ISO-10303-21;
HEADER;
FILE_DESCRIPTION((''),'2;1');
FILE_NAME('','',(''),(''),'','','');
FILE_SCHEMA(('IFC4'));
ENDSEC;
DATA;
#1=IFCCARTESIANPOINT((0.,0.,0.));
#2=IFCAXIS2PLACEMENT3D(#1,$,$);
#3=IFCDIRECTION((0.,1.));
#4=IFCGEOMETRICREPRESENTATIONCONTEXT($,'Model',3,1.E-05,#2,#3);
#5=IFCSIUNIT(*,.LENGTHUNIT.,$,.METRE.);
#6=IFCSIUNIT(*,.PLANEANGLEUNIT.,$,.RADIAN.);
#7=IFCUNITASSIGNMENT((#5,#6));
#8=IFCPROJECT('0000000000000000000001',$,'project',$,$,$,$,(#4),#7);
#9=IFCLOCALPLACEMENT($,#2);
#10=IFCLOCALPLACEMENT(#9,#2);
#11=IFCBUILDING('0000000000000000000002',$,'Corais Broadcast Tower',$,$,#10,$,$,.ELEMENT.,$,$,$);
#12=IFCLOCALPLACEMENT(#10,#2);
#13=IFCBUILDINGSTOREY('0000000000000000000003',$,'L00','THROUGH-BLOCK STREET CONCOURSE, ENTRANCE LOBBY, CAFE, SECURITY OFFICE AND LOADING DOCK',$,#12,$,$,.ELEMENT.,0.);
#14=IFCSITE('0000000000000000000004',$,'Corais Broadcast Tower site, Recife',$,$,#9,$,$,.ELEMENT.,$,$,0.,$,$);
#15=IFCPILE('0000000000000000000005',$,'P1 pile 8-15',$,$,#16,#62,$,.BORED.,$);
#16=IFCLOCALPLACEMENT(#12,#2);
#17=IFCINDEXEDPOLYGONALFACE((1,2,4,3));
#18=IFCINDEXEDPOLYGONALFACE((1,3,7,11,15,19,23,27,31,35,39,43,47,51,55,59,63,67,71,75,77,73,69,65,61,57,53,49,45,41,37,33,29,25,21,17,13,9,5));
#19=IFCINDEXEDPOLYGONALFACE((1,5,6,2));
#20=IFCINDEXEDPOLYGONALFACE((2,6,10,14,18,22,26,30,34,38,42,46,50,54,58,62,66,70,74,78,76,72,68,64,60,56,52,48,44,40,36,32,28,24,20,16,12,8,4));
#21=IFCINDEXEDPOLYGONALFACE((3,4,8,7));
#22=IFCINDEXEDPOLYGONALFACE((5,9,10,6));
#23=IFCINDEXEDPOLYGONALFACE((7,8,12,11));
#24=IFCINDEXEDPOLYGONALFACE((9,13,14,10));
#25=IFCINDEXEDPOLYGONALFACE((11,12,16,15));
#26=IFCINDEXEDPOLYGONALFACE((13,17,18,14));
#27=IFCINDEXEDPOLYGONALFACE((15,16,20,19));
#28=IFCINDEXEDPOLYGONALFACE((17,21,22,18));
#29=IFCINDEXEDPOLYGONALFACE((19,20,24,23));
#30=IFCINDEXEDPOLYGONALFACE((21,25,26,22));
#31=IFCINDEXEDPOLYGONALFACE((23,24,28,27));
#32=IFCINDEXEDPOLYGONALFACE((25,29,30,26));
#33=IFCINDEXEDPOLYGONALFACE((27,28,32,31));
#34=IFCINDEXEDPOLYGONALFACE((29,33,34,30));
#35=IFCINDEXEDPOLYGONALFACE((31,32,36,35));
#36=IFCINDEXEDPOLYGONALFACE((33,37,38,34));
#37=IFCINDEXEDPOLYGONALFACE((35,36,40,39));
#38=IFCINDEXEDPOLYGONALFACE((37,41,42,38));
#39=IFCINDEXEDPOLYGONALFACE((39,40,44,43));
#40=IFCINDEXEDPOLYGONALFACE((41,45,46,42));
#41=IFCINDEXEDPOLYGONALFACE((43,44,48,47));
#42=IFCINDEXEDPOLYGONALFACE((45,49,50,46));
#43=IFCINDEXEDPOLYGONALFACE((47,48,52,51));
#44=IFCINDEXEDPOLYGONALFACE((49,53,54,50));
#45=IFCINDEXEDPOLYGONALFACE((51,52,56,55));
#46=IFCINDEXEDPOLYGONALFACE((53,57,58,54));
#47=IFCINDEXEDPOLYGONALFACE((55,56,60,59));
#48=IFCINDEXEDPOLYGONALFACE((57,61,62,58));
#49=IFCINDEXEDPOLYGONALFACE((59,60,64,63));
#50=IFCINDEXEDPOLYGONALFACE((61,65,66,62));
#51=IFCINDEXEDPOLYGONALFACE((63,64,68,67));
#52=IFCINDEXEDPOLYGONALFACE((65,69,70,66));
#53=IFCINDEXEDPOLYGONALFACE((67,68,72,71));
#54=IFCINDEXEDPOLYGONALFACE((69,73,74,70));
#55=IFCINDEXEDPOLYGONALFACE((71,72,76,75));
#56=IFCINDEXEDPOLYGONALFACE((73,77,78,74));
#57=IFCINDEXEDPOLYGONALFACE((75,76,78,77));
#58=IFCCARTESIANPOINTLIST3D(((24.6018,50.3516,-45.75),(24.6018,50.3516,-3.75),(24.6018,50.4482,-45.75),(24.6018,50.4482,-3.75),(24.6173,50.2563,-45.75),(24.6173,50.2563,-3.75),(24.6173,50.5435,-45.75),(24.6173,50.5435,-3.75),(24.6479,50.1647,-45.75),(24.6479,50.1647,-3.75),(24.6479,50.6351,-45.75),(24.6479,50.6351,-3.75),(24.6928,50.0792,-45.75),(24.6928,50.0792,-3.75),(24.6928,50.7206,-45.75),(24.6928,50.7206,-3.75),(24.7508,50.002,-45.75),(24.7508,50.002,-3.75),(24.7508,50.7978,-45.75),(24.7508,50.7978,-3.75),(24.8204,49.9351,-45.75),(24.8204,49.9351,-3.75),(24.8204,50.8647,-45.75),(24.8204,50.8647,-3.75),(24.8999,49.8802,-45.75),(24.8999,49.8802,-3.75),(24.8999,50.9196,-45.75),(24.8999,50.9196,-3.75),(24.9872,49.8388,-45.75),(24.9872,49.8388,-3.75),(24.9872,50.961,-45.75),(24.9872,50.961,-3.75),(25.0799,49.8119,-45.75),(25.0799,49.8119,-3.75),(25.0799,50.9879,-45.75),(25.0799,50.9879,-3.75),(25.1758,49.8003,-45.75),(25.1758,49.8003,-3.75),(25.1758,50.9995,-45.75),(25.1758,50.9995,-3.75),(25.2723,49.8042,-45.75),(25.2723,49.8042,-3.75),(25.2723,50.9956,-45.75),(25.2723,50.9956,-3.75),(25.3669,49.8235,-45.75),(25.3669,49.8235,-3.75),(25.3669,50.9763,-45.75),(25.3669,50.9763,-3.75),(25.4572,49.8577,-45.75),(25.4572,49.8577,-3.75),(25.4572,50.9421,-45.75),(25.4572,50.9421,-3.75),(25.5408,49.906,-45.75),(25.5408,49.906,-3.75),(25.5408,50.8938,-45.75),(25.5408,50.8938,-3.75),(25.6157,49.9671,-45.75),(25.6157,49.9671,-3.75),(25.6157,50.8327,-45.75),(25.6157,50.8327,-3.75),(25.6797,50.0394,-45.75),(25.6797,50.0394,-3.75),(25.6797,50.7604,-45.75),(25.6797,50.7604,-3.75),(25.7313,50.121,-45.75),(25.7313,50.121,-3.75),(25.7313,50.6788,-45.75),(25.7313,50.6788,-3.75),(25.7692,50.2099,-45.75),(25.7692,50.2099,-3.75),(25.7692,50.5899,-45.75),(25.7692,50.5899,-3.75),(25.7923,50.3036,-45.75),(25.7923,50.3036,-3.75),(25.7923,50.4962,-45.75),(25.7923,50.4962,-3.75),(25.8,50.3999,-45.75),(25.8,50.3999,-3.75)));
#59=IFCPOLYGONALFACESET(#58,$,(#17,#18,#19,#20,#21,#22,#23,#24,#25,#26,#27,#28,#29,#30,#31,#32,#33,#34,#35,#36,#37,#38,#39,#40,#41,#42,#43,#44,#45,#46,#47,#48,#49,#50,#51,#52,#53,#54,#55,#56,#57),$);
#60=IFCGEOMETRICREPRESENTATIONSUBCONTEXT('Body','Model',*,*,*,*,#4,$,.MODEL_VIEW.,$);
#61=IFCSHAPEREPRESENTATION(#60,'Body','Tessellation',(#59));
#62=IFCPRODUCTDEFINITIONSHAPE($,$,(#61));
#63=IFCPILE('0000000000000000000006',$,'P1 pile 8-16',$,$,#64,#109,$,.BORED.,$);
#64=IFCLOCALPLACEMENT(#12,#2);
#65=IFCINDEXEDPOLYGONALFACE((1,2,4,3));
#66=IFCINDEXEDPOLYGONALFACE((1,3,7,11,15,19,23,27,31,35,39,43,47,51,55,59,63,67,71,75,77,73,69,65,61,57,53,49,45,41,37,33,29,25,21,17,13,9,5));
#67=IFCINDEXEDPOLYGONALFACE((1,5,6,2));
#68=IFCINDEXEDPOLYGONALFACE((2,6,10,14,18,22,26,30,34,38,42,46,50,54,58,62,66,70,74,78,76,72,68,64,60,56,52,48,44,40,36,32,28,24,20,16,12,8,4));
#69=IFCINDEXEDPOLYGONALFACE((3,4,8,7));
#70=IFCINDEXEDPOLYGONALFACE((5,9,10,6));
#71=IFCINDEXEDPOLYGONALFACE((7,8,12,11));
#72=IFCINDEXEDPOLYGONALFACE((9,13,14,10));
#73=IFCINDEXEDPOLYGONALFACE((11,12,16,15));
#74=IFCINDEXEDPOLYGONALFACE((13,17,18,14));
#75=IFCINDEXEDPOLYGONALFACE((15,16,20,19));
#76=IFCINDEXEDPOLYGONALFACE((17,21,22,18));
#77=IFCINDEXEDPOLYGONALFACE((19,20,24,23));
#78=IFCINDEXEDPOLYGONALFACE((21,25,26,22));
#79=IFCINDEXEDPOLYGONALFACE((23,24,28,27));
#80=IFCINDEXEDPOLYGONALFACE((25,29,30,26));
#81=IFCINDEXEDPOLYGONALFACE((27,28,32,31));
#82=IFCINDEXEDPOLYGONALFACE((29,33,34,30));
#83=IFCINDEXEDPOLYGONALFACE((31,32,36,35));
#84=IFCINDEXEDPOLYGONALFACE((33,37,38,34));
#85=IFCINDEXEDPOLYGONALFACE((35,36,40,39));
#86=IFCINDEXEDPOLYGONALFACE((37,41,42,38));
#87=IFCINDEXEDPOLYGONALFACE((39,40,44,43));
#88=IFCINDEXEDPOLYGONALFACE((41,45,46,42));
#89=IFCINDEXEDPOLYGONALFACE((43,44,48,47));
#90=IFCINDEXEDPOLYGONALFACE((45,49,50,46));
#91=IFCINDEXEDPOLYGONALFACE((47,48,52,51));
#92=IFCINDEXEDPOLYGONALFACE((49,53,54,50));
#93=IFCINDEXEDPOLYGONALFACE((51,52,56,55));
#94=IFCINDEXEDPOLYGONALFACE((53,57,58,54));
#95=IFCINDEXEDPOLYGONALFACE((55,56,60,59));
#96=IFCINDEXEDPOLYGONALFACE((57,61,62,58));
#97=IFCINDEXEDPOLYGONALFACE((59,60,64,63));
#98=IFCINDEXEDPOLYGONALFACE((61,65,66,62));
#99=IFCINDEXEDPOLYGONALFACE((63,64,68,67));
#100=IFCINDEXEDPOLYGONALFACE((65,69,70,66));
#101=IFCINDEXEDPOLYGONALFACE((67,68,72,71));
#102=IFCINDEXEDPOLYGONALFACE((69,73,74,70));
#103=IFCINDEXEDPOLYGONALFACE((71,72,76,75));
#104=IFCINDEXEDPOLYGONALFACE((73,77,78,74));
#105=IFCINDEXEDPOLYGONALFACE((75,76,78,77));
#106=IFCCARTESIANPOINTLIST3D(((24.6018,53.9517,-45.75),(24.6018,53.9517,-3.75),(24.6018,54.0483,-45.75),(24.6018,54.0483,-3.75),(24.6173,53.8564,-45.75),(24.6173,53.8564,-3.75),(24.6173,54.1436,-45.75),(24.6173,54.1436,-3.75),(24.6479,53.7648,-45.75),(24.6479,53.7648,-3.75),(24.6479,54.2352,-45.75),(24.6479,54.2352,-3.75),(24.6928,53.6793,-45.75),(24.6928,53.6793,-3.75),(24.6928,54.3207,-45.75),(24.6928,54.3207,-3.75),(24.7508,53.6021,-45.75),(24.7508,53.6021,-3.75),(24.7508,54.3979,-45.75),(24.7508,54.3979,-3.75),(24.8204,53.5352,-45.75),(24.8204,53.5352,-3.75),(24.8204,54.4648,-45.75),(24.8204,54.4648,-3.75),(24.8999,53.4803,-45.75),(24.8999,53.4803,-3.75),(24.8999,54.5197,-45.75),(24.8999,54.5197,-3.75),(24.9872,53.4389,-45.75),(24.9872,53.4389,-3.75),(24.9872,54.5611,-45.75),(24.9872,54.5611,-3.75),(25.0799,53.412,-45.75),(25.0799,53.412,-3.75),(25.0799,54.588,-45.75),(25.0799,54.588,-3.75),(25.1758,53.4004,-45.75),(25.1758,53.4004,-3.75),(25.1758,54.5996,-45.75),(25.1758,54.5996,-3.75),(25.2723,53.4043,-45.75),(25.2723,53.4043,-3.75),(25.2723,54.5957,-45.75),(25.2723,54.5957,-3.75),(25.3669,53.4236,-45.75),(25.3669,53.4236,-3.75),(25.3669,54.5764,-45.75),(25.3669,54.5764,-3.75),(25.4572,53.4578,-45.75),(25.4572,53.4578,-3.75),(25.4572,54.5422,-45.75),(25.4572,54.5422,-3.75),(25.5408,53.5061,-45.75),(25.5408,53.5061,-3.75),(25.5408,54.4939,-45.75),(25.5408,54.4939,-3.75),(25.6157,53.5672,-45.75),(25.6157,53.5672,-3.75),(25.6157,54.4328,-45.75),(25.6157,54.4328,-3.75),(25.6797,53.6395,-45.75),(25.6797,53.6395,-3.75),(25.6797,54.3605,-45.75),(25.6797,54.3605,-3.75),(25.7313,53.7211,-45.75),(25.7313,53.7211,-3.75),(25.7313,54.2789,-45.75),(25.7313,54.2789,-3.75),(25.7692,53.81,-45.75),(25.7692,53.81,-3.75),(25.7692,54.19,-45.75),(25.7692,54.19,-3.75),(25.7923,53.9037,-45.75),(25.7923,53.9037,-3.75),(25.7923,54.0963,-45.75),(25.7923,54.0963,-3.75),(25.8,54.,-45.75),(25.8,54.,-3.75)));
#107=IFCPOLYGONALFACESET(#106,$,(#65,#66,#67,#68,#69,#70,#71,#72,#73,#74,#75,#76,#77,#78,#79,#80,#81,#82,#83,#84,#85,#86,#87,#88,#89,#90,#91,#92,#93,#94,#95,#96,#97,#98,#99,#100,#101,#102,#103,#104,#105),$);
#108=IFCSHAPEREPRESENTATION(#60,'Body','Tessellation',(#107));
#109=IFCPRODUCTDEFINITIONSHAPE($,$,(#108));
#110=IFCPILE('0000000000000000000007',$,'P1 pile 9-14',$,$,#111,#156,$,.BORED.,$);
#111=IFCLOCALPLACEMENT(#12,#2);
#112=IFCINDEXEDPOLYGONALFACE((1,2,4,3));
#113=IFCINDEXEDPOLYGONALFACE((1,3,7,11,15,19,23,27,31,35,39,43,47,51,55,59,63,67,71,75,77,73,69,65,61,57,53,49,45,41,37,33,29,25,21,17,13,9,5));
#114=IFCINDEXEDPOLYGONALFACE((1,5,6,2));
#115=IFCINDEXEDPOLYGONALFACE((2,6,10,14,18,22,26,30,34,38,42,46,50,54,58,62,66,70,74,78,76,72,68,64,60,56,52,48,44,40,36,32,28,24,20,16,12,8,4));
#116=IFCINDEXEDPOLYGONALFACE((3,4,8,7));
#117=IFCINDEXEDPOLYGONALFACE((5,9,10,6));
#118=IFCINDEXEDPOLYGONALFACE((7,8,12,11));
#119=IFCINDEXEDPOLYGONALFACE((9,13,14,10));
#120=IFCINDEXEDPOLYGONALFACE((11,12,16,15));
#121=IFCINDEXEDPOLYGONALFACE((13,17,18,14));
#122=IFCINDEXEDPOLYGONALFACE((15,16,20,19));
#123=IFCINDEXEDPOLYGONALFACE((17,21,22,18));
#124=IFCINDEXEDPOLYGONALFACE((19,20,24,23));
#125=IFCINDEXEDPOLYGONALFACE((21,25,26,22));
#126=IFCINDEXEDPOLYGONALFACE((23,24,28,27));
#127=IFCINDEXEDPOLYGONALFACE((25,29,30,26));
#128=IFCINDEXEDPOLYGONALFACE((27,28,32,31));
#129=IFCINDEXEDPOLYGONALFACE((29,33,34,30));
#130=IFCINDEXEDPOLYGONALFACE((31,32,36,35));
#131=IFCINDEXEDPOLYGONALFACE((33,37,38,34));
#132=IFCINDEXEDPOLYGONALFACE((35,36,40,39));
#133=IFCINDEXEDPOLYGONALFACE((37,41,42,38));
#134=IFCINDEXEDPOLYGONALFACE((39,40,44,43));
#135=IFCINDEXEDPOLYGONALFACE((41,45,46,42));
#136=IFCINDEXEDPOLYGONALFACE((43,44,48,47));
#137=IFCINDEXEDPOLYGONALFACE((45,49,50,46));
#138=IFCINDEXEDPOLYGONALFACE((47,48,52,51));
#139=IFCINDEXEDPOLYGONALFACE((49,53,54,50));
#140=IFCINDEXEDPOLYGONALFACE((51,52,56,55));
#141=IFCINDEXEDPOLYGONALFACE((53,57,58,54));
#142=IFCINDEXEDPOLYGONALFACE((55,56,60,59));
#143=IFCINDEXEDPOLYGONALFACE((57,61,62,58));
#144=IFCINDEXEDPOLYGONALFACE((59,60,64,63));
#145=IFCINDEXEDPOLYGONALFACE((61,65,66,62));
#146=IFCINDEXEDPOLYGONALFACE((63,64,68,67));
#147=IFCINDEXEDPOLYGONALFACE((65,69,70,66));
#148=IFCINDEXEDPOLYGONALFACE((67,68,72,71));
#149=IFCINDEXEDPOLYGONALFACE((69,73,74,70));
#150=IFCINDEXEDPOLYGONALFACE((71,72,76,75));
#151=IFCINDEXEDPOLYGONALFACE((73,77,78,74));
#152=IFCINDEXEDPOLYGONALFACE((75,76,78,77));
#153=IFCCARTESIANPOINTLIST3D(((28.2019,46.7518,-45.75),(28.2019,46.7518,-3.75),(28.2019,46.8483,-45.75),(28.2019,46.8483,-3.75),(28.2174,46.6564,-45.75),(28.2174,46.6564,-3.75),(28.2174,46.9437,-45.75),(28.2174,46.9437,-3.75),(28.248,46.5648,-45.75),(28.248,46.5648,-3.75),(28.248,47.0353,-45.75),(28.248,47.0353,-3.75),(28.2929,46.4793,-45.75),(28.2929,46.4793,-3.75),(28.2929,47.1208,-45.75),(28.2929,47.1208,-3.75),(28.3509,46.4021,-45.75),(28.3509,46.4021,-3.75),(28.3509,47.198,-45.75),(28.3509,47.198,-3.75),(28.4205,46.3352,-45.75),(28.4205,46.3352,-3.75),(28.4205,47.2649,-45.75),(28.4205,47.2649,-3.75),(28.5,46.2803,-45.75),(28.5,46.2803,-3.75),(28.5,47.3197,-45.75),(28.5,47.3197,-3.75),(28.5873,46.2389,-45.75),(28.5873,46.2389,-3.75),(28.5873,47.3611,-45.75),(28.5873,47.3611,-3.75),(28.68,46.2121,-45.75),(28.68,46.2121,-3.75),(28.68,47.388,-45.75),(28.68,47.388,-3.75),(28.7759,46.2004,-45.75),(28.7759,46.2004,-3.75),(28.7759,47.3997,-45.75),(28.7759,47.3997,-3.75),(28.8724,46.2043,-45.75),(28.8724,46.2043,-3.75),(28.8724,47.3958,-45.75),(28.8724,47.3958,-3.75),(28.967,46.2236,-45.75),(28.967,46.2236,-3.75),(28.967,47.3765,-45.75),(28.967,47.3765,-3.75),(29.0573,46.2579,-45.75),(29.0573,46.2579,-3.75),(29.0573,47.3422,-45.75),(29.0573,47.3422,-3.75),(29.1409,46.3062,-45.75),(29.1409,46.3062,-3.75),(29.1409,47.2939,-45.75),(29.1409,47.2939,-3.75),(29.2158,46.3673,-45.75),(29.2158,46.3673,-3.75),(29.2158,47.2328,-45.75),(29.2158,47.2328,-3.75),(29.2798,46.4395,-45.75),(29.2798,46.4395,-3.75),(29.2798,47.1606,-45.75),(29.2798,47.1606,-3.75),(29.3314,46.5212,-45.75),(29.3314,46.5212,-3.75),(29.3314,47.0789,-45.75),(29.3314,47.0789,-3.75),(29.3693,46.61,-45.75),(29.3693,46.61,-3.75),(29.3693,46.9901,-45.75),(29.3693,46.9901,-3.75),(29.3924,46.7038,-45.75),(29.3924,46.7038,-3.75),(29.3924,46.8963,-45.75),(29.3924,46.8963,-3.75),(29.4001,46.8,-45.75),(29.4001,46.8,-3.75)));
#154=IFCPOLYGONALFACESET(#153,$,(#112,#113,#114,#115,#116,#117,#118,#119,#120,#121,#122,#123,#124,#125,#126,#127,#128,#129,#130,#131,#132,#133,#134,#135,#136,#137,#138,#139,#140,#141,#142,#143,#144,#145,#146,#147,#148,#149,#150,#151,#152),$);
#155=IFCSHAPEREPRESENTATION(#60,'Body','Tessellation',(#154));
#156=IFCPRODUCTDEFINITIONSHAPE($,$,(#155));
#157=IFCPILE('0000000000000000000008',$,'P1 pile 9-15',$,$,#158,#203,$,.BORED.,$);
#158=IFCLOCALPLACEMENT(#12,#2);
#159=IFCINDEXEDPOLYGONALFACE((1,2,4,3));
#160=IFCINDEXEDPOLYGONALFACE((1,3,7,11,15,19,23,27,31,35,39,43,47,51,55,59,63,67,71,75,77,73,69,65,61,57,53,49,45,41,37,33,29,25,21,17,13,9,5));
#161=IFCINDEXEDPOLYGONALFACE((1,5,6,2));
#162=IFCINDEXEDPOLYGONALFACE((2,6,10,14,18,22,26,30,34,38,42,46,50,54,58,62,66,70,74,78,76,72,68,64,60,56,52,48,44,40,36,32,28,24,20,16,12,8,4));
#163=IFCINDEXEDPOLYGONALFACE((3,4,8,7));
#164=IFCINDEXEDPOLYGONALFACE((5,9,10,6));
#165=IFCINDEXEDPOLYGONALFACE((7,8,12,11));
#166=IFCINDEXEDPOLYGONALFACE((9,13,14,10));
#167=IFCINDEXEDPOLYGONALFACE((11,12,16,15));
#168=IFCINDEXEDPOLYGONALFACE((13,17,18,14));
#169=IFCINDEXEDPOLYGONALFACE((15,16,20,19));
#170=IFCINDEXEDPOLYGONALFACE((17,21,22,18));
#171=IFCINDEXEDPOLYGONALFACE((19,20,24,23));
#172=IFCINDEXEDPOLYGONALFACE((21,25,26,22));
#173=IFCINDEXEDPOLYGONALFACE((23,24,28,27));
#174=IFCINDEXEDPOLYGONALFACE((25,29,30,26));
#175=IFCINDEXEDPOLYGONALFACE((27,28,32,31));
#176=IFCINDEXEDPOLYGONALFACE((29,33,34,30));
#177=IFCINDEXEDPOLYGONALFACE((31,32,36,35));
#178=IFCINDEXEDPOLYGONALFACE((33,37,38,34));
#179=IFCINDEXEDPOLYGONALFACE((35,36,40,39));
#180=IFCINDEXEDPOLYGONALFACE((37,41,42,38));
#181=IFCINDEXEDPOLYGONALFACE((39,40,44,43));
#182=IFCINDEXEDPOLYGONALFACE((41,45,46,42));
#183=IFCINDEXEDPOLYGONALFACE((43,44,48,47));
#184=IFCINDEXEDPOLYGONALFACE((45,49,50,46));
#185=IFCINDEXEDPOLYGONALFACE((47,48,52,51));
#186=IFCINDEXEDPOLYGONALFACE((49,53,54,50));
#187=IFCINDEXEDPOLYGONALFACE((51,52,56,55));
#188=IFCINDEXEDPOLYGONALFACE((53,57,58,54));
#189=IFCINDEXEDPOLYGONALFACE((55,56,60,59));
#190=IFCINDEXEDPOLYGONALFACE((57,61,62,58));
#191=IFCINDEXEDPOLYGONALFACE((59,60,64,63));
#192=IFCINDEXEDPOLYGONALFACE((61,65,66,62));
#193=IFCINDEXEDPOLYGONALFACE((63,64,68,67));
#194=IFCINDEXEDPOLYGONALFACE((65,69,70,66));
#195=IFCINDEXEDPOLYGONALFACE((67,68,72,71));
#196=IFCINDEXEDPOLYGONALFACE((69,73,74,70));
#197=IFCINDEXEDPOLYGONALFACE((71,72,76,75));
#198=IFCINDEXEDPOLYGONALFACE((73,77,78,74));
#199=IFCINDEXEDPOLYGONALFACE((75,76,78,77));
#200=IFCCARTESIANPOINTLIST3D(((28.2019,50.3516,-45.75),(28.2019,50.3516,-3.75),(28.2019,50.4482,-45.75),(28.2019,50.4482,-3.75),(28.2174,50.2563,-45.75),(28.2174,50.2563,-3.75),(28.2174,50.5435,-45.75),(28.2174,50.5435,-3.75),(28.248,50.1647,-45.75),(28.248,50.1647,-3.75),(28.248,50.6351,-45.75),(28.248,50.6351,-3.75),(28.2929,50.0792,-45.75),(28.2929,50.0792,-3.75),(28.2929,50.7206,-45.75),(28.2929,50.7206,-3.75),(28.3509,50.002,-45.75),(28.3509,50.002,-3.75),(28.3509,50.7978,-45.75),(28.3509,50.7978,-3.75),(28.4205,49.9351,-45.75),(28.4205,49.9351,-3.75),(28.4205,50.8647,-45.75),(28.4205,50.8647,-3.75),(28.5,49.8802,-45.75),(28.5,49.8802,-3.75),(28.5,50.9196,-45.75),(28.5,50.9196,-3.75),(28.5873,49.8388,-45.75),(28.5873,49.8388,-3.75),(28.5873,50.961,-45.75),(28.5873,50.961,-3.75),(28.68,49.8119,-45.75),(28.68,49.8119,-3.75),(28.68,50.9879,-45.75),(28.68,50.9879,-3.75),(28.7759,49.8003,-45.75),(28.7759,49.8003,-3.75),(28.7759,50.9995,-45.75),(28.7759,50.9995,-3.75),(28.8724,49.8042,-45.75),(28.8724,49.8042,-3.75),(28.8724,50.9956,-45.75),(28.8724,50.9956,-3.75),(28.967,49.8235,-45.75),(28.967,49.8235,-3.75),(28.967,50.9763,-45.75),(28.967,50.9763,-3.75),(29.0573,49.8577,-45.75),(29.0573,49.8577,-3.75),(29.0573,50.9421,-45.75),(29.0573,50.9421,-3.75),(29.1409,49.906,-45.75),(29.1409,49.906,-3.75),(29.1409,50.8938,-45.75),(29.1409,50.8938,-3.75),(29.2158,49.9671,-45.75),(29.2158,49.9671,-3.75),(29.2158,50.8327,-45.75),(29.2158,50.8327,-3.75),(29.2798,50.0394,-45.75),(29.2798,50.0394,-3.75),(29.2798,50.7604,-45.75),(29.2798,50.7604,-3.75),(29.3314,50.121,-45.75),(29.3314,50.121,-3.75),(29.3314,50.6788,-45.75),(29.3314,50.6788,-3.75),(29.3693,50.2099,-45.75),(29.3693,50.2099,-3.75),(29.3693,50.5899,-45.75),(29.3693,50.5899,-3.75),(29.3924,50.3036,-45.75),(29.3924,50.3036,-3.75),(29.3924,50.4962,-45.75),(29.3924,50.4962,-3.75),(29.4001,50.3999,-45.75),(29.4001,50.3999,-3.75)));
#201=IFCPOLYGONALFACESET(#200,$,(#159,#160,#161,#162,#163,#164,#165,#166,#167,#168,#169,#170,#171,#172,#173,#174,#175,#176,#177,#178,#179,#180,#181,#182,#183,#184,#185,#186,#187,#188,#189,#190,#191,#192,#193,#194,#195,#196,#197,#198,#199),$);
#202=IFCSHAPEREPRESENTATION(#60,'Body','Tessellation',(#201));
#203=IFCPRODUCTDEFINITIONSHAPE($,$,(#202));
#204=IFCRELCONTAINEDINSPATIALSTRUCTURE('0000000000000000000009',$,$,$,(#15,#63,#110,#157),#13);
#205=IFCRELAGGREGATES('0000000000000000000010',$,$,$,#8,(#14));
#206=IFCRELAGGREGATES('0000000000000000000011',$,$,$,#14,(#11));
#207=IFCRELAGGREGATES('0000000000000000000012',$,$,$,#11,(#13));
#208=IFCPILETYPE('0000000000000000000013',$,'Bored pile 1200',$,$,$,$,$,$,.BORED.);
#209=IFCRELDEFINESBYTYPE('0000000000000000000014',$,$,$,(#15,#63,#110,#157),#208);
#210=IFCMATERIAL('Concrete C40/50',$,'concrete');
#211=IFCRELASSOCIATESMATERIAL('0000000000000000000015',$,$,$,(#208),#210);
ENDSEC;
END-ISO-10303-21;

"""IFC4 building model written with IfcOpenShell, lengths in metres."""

from ifc_helpers import new_model, si_unit, direction, frame, origin, origin_2d, place, context, subcontext, project, spatial, circle, extrude, material, type_object, element, save


model = new_model("IFC4")

# Units and contexts
model_context = context("Model", 3, precision=1e-05, world=origin(), true_north=direction((0.0, 1.0)))
body_context = subcontext(model_context, "Body", "Model", "MODEL_VIEW")
ifc_project = project(units=[si_unit("LENGTHUNIT", "METRE"), si_unit("PLANEANGLEUNIT", "RADIAN")], contexts=[model_context])

# Site, building, storey
site_placement = place(None, origin())
site = spatial("IfcSite", under=ifc_project, at=site_placement, Name="Corais Broadcast Tower site, Recife", CompositionType="ELEMENT", RefElevation=0.0)
building_placement = place(site_placement, origin())
building = spatial("IfcBuilding", under=site, at=building_placement, Name="Corais Broadcast Tower", CompositionType="ELEMENT")
storey_placement = place(building_placement, origin())
storey = spatial("IfcBuildingStorey", under=building, at=storey_placement, Name="L00", Description="THROUGH-BLOCK STREET CONCOURSE, ENTRANCE LOBBY, CAFE, SECURITY OFFICE AND LOADING DOCK", CompositionType="ELEMENT", Elevation=0.0)

# Piles
ifc_material_1 = material(Name="Concrete C40/50", Category="concrete")
pile_type = type_object("IfcPileType", Name="Bored pile 1200", PredefinedType="BORED", material=ifc_material_1)
for number, where, z_axis, x_axis, name in (
    (1, (25.2, 50.3999, -3.75), (0.0, 0.0, -1.0), (1.0, 0.0, 0.0), "P1 pile 8-15"),
    (2, (25.2, 54.0, -3.75), (0.0, 0.0, -1.0), (1.0, 0.0, 0.0), "P1 pile 8-16"),
    (3, (28.8, 46.8, -3.75), (0.0, 0.0, -1.0), (1.0, 0.0, 0.0), "P1 pile 9-14"),
    (4, (28.8, 50.3999, -3.75), (0.0, 0.0, -1.0), (1.0, 0.0, 0.0), "P1 pile 9-15"),
):
    element("IfcPile", number, at=place(storey_placement, frame(where, z_axis=z_axis, x_axis=x_axis)), inside=storey, type_object=pile_type, Name=name, PredefinedType="BORED", context=body_context, shape_type="SweptSolid", body=[
        extrude(circle(Radius=0.6001, at=origin_2d()), origin(), (0.0, 0.0, 1.0), 42.0),
    ])

save(model, "model.ifc")
